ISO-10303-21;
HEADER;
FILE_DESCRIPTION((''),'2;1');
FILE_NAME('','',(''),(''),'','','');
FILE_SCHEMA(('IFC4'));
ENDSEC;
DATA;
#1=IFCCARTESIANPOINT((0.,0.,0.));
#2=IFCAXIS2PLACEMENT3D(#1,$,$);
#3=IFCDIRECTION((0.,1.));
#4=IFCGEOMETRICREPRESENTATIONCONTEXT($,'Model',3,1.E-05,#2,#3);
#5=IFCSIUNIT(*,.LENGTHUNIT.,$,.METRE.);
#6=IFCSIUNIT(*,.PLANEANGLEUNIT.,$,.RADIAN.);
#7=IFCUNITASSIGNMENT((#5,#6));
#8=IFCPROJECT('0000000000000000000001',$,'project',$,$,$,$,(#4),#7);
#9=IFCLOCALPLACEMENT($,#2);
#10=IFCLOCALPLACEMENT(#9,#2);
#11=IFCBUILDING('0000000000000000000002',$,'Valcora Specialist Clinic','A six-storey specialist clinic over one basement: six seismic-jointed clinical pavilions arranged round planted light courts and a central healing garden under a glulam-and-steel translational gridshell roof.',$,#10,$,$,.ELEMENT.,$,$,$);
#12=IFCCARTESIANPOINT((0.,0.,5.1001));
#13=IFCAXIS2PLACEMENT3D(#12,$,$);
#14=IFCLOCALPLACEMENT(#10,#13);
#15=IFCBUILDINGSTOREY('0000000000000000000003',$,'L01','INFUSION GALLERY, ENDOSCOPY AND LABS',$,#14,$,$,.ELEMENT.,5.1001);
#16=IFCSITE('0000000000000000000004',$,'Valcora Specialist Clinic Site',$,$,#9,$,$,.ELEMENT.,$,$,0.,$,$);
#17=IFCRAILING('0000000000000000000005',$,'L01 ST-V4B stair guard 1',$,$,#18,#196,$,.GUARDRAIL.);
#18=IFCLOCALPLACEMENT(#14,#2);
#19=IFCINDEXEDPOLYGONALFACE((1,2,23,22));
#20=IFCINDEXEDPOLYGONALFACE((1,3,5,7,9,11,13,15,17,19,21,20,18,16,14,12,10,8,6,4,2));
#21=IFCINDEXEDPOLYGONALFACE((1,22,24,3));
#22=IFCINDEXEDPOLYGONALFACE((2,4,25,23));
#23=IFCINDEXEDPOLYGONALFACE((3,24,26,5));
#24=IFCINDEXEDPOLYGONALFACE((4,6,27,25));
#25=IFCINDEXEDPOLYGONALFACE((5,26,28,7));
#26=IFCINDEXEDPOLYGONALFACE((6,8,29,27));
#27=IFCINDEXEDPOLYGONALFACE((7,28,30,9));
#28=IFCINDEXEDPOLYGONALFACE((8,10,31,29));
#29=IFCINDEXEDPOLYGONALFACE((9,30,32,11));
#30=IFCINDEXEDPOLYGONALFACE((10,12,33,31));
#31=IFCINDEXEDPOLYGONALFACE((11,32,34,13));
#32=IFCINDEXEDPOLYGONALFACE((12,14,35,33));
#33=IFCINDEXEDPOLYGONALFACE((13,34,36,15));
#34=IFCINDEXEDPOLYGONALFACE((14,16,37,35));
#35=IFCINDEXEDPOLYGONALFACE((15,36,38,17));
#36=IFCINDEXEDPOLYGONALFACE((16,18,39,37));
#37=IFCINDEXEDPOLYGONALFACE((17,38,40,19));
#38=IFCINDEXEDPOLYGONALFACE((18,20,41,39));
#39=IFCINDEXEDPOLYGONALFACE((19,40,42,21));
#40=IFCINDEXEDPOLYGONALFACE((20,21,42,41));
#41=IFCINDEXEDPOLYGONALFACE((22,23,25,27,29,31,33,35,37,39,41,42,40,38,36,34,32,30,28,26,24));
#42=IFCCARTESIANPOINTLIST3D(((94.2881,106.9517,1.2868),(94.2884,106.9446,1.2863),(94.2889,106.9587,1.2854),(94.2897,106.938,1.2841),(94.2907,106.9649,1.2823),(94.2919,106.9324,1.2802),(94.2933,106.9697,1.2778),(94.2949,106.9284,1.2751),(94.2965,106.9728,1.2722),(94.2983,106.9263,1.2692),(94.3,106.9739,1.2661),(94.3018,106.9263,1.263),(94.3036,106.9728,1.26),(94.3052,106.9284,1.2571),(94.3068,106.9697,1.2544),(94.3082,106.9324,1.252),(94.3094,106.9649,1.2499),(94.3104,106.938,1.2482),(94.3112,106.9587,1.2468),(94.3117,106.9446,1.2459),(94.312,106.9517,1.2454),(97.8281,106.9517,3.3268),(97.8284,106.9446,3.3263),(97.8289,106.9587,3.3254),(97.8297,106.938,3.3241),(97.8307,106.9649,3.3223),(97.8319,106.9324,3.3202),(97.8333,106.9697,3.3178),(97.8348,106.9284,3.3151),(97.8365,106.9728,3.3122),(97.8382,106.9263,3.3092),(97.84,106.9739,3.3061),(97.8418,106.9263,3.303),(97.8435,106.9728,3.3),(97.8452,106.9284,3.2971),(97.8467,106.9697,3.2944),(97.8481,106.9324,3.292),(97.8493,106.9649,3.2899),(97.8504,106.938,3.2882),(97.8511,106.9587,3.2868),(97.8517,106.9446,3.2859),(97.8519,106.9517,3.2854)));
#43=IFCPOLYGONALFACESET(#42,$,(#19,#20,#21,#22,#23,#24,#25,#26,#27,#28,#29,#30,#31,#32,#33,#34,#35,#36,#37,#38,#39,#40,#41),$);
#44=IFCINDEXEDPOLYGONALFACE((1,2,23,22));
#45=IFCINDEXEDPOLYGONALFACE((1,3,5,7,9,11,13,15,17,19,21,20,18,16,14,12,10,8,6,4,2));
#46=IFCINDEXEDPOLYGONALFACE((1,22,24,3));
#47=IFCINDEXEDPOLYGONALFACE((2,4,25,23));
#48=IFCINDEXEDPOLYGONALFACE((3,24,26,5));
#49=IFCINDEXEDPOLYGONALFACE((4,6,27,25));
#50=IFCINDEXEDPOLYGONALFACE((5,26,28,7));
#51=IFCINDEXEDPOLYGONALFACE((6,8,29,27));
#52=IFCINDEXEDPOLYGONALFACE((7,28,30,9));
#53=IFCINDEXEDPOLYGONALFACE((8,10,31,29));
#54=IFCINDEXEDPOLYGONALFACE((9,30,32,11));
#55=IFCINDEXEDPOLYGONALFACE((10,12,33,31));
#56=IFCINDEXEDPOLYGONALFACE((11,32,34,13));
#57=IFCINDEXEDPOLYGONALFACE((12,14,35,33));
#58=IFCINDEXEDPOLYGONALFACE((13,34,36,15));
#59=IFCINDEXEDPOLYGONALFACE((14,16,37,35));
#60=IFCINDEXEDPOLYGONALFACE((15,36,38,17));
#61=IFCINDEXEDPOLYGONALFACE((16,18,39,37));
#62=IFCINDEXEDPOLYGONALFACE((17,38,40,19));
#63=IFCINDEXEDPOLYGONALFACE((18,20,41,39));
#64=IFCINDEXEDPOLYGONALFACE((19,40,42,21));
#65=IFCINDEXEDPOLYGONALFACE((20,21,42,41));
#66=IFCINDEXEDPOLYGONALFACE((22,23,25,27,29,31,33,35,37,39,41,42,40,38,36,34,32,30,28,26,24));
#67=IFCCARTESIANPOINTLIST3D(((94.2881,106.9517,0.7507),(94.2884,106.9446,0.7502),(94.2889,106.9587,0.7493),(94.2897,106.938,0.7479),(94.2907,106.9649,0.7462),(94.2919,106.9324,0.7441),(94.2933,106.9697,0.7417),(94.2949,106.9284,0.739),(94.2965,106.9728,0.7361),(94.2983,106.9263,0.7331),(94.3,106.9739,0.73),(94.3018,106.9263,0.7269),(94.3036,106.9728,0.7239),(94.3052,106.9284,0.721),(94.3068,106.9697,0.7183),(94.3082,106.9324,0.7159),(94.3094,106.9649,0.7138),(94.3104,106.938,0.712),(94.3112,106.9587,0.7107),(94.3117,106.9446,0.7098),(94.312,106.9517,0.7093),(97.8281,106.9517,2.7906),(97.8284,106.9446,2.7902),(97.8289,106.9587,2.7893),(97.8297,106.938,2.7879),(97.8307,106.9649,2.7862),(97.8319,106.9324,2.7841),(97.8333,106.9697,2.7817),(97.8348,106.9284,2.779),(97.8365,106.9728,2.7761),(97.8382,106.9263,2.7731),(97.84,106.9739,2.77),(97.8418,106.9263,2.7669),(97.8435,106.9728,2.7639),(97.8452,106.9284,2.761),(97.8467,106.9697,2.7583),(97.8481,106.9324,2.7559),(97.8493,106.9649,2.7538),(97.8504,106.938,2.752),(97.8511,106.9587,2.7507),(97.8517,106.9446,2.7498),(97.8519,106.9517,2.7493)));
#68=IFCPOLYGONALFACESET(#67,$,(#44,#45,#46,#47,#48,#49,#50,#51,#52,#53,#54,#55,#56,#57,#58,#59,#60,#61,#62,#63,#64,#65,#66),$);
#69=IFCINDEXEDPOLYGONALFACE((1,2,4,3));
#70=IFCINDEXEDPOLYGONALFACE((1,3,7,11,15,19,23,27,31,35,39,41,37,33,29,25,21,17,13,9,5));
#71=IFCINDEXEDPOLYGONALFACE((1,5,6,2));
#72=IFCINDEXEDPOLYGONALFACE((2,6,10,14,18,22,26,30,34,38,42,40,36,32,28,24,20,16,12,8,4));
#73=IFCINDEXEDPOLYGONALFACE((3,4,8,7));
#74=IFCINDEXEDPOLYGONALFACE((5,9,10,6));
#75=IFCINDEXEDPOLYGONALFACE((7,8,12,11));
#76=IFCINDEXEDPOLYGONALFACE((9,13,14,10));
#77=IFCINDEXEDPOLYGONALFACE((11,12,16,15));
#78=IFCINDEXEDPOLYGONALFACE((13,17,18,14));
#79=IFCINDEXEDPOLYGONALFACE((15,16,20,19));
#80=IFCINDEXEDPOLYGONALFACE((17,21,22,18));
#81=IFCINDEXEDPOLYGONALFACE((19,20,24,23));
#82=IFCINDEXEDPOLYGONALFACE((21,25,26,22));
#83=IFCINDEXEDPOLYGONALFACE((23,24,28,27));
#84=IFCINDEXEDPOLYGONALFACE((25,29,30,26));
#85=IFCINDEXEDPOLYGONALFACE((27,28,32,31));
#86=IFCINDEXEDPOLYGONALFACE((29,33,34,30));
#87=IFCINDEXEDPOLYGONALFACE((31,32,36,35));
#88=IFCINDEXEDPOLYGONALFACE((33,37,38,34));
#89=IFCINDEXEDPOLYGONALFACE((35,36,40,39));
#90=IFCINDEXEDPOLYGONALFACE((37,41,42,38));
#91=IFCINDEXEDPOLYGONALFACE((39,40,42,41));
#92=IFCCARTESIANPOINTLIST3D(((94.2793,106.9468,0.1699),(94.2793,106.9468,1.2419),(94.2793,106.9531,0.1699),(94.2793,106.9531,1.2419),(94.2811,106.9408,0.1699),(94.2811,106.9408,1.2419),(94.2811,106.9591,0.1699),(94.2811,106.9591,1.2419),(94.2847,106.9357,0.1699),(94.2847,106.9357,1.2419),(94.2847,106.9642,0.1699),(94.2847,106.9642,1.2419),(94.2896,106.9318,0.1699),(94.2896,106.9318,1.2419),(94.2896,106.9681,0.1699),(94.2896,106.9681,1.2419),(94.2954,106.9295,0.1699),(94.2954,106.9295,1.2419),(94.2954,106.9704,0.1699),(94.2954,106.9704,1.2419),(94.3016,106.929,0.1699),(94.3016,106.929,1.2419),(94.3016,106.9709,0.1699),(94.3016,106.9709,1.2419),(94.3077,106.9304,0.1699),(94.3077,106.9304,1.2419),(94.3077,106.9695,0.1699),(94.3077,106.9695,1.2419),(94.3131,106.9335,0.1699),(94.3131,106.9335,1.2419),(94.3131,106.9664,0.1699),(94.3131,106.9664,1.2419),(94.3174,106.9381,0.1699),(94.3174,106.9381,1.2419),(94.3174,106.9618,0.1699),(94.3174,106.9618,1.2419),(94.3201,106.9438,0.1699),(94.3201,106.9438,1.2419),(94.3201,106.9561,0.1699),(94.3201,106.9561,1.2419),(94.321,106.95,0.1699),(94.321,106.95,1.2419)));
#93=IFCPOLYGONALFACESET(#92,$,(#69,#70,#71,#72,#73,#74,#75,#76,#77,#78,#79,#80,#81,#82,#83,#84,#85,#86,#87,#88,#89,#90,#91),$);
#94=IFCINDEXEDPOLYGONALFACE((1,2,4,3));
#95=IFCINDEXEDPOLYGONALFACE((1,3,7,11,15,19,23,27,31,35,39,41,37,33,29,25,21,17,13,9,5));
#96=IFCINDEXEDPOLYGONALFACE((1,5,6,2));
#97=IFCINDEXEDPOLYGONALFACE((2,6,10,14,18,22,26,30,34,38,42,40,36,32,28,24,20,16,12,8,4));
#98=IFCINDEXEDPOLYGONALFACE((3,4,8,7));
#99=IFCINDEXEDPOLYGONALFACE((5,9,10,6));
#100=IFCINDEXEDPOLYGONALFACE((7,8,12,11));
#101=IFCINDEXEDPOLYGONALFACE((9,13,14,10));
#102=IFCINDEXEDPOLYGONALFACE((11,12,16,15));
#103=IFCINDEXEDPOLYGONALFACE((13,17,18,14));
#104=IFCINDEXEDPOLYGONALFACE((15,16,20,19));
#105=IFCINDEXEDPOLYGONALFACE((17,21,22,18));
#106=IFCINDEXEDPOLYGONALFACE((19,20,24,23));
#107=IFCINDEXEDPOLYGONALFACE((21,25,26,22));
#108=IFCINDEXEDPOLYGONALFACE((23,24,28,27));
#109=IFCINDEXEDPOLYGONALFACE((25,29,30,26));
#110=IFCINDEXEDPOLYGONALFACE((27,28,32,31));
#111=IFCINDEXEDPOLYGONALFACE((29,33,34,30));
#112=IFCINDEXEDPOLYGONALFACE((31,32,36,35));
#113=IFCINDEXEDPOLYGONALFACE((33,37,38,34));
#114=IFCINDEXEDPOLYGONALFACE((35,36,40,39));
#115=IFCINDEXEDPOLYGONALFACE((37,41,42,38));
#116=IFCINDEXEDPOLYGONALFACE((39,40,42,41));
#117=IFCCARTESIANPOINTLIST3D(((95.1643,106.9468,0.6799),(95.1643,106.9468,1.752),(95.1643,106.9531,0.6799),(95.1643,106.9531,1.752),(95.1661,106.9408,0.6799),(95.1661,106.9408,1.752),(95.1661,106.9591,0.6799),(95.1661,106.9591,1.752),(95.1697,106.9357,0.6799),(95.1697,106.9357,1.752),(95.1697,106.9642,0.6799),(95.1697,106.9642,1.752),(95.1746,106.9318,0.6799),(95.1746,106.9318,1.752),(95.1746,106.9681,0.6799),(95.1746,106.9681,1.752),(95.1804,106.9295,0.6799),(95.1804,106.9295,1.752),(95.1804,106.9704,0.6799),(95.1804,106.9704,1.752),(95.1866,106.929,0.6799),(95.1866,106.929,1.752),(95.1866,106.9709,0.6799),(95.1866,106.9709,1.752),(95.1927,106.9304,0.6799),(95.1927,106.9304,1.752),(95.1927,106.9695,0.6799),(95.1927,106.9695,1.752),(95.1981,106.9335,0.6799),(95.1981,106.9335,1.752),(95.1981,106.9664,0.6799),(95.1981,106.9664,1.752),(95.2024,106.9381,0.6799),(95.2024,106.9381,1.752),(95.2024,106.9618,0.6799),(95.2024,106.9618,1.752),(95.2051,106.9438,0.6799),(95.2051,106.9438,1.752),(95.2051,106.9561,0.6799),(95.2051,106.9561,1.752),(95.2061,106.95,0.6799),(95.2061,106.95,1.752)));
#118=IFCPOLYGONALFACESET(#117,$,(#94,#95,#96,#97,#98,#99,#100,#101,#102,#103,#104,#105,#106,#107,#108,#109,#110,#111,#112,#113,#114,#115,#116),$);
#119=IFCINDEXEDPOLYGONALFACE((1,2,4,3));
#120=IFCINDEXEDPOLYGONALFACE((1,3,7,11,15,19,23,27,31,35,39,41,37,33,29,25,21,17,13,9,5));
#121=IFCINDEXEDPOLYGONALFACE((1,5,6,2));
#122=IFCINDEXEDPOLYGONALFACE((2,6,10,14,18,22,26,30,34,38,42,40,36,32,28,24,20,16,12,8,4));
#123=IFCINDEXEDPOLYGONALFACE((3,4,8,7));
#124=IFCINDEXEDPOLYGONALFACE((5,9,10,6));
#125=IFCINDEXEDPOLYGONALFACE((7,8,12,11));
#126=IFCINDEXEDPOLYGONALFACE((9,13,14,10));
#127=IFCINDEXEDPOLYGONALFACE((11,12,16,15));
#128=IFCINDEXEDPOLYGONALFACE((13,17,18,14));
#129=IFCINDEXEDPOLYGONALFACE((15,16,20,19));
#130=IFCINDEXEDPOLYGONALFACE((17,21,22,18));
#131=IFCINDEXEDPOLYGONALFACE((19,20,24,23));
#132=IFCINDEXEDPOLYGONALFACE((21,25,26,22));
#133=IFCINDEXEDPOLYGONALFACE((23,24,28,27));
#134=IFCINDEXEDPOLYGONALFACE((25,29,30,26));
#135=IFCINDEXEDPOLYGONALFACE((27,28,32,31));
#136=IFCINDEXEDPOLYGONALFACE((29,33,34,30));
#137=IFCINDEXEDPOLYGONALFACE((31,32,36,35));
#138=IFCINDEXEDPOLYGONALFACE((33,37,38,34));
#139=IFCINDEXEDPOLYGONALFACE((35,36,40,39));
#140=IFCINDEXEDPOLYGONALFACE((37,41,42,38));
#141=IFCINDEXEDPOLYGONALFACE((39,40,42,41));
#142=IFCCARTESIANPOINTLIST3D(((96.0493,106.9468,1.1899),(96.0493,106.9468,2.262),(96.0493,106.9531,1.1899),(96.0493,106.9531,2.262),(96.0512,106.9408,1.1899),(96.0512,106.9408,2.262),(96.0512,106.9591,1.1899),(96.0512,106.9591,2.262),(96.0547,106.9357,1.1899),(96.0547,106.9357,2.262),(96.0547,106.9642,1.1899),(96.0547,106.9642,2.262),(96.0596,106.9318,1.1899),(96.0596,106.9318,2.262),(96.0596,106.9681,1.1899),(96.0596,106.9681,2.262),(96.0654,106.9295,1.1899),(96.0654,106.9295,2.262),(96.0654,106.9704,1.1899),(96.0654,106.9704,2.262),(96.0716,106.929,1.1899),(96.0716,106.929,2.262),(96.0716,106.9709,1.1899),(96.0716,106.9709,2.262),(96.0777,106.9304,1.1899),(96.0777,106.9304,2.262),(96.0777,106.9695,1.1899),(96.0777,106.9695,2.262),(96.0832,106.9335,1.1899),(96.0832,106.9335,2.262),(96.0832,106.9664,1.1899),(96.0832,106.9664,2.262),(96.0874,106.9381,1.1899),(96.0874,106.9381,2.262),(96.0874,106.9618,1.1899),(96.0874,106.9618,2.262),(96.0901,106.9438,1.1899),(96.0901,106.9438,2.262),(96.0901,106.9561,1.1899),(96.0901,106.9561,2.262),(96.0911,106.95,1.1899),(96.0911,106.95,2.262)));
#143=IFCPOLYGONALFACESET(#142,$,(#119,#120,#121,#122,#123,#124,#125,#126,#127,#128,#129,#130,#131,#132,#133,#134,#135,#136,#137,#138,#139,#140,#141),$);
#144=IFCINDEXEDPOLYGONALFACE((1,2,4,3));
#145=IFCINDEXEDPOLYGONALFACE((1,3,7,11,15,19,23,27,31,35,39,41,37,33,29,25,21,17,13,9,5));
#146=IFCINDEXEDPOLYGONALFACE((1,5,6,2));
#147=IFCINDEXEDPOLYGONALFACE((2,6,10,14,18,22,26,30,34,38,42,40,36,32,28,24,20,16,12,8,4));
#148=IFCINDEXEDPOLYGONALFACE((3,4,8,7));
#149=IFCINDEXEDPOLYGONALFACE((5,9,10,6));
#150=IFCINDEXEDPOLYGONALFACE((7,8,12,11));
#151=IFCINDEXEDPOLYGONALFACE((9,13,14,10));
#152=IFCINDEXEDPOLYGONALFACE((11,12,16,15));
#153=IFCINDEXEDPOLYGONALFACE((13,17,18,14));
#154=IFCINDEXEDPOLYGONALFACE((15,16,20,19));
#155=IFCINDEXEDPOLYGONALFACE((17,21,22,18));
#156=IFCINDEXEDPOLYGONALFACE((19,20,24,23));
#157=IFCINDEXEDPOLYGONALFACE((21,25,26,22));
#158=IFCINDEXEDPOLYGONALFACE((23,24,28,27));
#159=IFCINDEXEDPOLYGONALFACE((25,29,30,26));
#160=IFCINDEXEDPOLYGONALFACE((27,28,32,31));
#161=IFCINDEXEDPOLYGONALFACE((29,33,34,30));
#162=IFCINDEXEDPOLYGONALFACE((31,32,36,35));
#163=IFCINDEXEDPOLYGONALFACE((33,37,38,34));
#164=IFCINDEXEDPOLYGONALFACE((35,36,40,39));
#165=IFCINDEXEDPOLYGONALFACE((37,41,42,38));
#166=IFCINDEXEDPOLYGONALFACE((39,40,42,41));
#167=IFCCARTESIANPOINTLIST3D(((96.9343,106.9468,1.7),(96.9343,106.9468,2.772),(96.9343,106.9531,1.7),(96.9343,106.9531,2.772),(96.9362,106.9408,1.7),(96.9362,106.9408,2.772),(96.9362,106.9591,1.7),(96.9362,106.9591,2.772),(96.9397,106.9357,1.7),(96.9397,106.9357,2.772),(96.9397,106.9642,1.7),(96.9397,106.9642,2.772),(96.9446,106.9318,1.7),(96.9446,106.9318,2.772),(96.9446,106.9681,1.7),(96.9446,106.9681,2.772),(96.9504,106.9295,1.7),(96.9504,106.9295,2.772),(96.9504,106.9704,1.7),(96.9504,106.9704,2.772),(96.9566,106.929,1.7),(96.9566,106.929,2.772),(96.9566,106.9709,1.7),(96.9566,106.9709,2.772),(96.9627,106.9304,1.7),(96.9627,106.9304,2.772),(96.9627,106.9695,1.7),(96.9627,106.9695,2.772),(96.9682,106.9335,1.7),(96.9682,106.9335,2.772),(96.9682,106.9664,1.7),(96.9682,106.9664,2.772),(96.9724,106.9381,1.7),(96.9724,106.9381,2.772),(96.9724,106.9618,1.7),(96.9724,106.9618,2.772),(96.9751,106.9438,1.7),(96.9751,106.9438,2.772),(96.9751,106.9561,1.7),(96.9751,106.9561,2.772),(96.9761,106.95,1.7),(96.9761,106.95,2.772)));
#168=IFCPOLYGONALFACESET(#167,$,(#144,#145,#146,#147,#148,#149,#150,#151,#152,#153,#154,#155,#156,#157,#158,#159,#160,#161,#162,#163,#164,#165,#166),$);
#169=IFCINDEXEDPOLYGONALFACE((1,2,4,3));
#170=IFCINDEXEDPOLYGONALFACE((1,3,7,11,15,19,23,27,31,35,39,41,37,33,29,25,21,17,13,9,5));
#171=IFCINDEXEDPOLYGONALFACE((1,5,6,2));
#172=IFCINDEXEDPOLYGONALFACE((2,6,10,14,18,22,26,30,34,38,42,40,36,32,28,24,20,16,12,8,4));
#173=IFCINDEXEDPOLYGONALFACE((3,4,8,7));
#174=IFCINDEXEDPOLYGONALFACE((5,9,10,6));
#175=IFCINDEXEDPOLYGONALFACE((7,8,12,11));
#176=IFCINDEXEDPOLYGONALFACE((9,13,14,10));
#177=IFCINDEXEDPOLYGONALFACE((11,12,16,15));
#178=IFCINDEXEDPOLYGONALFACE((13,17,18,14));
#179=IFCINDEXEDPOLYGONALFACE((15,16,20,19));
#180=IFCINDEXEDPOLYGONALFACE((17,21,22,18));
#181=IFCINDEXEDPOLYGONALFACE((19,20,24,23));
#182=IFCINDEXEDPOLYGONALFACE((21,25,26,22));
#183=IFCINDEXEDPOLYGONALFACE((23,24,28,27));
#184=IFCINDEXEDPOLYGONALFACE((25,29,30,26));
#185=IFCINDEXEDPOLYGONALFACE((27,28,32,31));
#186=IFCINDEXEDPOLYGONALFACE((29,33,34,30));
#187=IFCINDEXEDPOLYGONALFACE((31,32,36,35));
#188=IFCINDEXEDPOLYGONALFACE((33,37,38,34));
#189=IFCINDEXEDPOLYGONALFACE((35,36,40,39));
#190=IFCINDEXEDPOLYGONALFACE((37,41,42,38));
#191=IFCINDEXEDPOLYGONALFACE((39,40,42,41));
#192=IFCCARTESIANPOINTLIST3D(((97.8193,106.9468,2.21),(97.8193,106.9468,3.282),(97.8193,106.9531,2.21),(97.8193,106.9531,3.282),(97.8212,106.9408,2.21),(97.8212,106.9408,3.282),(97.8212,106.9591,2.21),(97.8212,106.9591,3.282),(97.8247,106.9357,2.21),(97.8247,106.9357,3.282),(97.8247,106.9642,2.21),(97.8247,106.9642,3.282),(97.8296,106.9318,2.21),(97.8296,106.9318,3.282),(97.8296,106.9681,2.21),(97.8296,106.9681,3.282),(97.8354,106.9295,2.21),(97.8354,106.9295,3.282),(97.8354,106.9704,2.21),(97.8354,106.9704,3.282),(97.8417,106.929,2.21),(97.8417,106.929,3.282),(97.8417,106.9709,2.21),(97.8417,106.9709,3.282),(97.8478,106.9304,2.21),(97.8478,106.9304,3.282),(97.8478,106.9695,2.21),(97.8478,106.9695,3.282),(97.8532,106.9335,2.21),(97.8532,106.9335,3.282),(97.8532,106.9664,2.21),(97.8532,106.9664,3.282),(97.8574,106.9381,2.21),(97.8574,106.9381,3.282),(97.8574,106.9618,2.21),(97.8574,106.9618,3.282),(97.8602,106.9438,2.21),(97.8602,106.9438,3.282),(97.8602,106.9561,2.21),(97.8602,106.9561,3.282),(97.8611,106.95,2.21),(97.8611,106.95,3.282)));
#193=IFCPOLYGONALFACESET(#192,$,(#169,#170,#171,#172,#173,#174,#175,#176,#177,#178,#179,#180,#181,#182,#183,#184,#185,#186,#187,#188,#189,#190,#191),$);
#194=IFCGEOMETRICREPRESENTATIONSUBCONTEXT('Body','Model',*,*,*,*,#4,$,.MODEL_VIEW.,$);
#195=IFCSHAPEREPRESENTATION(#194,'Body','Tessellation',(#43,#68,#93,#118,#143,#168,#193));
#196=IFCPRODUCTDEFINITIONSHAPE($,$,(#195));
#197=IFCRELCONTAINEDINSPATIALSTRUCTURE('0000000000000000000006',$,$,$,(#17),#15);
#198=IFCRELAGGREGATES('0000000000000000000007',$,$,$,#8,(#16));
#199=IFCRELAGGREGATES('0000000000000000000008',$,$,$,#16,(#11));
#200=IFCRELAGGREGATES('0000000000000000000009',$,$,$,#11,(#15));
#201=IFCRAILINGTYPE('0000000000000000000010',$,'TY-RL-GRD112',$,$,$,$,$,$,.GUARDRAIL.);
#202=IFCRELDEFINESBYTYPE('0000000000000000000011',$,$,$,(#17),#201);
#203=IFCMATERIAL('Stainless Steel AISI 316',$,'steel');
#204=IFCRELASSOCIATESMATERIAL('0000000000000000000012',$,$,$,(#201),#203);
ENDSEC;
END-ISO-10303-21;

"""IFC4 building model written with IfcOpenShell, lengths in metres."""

from ifc_helpers import new_model, si_unit, direction, frame, origin, origin_2d, place, context, subcontext, project, spatial, circle, extrude, material, type_object, element, save


model = new_model("IFC4")

# Units and contexts
model_context = context("Model", 3, precision=1e-05, world=origin(), true_north=direction((0.0, 1.0)))
body_context = subcontext(model_context, "Body", "Model", "MODEL_VIEW")
ifc_project = project(units=[si_unit("LENGTHUNIT", "METRE"), si_unit("PLANEANGLEUNIT", "RADIAN")], contexts=[model_context])

# Site, building, storey
site_placement = place(None, origin())
site = spatial("IfcSite", under=ifc_project, at=site_placement, Name="Valcora Specialist Clinic Site", CompositionType="ELEMENT", RefElevation=0.0)
building_placement = place(site_placement, origin())
building = spatial("IfcBuilding", under=site, at=building_placement, Name="Valcora Specialist Clinic", Description="A six-storey specialist clinic over one basement: six seismic-jointed clinical pavilions arranged round planted light courts and a central healing garden under a glulam-and-steel translational gridshell roof.", CompositionType="ELEMENT")
storey_placement = place(building_placement, frame((0.0, 0.0, 5.1001)))
storey = spatial("IfcBuildingStorey", under=building, at=storey_placement, Name="L01", Description="INFUSION GALLERY, ENDOSCOPY AND LABS", CompositionType="ELEMENT", Elevation=5.1001)

# Railing
ifc_material_1 = material(Name="Stainless Steel AISI 316", Category="steel")
railing_type_1 = type_object("IfcRailingType", Name="TY-RL-GRD112", PredefinedType="GUARDRAIL", material=ifc_material_1)
railing_1_placement = place(storey_placement, frame((94.3, 106.95, 0.1699)))
element("IfcRailing", 1, at=railing_1_placement, inside=storey, type_object=railing_type_1, Name="L01 ST-V4B stair guard 1", PredefinedType="GUARDRAIL", context=body_context, shape_type="SweptSolid", body=[
    extrude(circle(Radius=0.0239, at=origin_2d()), frame((0.0, 0.0, 1.0962), z_axis=(0.866428, 0.0, 0.499302), x_axis=(0.0, 1.0, 0.0)), (0.0, 0.0, 1.0), 4.0857),
    extrude(circle(Radius=0.0239, at=origin_2d()), frame((0.0, 0.0, 0.5601), z_axis=(0.866428, 0.0, 0.499302), x_axis=(0.0, 1.0, 0.0)), (0.0, 0.0, 1.0), 4.0857),
    extrude(circle(Radius=0.021, at=origin_2d()), origin(), (0.0, 0.0, 1.0), 1.072),
    extrude(circle(Radius=0.021, at=origin_2d()), frame((0.885, 0.0, 0.51)), (0.0, 0.0, 1.0), 1.072),
    extrude(circle(Radius=0.021, at=origin_2d()), frame((1.77, 0.0, 1.02)), (0.0, 0.0, 1.0), 1.072),
    extrude(circle(Radius=0.021, at=origin_2d()), frame((2.655, 0.0, 1.53)), (0.0, 0.0, 1.0), 1.072),
    extrude(circle(Radius=0.021, at=origin_2d()), frame((3.54, 0.0, 2.04)), (0.0, 0.0, 1.0), 1.072),
])

save(model, "model.ifc")
